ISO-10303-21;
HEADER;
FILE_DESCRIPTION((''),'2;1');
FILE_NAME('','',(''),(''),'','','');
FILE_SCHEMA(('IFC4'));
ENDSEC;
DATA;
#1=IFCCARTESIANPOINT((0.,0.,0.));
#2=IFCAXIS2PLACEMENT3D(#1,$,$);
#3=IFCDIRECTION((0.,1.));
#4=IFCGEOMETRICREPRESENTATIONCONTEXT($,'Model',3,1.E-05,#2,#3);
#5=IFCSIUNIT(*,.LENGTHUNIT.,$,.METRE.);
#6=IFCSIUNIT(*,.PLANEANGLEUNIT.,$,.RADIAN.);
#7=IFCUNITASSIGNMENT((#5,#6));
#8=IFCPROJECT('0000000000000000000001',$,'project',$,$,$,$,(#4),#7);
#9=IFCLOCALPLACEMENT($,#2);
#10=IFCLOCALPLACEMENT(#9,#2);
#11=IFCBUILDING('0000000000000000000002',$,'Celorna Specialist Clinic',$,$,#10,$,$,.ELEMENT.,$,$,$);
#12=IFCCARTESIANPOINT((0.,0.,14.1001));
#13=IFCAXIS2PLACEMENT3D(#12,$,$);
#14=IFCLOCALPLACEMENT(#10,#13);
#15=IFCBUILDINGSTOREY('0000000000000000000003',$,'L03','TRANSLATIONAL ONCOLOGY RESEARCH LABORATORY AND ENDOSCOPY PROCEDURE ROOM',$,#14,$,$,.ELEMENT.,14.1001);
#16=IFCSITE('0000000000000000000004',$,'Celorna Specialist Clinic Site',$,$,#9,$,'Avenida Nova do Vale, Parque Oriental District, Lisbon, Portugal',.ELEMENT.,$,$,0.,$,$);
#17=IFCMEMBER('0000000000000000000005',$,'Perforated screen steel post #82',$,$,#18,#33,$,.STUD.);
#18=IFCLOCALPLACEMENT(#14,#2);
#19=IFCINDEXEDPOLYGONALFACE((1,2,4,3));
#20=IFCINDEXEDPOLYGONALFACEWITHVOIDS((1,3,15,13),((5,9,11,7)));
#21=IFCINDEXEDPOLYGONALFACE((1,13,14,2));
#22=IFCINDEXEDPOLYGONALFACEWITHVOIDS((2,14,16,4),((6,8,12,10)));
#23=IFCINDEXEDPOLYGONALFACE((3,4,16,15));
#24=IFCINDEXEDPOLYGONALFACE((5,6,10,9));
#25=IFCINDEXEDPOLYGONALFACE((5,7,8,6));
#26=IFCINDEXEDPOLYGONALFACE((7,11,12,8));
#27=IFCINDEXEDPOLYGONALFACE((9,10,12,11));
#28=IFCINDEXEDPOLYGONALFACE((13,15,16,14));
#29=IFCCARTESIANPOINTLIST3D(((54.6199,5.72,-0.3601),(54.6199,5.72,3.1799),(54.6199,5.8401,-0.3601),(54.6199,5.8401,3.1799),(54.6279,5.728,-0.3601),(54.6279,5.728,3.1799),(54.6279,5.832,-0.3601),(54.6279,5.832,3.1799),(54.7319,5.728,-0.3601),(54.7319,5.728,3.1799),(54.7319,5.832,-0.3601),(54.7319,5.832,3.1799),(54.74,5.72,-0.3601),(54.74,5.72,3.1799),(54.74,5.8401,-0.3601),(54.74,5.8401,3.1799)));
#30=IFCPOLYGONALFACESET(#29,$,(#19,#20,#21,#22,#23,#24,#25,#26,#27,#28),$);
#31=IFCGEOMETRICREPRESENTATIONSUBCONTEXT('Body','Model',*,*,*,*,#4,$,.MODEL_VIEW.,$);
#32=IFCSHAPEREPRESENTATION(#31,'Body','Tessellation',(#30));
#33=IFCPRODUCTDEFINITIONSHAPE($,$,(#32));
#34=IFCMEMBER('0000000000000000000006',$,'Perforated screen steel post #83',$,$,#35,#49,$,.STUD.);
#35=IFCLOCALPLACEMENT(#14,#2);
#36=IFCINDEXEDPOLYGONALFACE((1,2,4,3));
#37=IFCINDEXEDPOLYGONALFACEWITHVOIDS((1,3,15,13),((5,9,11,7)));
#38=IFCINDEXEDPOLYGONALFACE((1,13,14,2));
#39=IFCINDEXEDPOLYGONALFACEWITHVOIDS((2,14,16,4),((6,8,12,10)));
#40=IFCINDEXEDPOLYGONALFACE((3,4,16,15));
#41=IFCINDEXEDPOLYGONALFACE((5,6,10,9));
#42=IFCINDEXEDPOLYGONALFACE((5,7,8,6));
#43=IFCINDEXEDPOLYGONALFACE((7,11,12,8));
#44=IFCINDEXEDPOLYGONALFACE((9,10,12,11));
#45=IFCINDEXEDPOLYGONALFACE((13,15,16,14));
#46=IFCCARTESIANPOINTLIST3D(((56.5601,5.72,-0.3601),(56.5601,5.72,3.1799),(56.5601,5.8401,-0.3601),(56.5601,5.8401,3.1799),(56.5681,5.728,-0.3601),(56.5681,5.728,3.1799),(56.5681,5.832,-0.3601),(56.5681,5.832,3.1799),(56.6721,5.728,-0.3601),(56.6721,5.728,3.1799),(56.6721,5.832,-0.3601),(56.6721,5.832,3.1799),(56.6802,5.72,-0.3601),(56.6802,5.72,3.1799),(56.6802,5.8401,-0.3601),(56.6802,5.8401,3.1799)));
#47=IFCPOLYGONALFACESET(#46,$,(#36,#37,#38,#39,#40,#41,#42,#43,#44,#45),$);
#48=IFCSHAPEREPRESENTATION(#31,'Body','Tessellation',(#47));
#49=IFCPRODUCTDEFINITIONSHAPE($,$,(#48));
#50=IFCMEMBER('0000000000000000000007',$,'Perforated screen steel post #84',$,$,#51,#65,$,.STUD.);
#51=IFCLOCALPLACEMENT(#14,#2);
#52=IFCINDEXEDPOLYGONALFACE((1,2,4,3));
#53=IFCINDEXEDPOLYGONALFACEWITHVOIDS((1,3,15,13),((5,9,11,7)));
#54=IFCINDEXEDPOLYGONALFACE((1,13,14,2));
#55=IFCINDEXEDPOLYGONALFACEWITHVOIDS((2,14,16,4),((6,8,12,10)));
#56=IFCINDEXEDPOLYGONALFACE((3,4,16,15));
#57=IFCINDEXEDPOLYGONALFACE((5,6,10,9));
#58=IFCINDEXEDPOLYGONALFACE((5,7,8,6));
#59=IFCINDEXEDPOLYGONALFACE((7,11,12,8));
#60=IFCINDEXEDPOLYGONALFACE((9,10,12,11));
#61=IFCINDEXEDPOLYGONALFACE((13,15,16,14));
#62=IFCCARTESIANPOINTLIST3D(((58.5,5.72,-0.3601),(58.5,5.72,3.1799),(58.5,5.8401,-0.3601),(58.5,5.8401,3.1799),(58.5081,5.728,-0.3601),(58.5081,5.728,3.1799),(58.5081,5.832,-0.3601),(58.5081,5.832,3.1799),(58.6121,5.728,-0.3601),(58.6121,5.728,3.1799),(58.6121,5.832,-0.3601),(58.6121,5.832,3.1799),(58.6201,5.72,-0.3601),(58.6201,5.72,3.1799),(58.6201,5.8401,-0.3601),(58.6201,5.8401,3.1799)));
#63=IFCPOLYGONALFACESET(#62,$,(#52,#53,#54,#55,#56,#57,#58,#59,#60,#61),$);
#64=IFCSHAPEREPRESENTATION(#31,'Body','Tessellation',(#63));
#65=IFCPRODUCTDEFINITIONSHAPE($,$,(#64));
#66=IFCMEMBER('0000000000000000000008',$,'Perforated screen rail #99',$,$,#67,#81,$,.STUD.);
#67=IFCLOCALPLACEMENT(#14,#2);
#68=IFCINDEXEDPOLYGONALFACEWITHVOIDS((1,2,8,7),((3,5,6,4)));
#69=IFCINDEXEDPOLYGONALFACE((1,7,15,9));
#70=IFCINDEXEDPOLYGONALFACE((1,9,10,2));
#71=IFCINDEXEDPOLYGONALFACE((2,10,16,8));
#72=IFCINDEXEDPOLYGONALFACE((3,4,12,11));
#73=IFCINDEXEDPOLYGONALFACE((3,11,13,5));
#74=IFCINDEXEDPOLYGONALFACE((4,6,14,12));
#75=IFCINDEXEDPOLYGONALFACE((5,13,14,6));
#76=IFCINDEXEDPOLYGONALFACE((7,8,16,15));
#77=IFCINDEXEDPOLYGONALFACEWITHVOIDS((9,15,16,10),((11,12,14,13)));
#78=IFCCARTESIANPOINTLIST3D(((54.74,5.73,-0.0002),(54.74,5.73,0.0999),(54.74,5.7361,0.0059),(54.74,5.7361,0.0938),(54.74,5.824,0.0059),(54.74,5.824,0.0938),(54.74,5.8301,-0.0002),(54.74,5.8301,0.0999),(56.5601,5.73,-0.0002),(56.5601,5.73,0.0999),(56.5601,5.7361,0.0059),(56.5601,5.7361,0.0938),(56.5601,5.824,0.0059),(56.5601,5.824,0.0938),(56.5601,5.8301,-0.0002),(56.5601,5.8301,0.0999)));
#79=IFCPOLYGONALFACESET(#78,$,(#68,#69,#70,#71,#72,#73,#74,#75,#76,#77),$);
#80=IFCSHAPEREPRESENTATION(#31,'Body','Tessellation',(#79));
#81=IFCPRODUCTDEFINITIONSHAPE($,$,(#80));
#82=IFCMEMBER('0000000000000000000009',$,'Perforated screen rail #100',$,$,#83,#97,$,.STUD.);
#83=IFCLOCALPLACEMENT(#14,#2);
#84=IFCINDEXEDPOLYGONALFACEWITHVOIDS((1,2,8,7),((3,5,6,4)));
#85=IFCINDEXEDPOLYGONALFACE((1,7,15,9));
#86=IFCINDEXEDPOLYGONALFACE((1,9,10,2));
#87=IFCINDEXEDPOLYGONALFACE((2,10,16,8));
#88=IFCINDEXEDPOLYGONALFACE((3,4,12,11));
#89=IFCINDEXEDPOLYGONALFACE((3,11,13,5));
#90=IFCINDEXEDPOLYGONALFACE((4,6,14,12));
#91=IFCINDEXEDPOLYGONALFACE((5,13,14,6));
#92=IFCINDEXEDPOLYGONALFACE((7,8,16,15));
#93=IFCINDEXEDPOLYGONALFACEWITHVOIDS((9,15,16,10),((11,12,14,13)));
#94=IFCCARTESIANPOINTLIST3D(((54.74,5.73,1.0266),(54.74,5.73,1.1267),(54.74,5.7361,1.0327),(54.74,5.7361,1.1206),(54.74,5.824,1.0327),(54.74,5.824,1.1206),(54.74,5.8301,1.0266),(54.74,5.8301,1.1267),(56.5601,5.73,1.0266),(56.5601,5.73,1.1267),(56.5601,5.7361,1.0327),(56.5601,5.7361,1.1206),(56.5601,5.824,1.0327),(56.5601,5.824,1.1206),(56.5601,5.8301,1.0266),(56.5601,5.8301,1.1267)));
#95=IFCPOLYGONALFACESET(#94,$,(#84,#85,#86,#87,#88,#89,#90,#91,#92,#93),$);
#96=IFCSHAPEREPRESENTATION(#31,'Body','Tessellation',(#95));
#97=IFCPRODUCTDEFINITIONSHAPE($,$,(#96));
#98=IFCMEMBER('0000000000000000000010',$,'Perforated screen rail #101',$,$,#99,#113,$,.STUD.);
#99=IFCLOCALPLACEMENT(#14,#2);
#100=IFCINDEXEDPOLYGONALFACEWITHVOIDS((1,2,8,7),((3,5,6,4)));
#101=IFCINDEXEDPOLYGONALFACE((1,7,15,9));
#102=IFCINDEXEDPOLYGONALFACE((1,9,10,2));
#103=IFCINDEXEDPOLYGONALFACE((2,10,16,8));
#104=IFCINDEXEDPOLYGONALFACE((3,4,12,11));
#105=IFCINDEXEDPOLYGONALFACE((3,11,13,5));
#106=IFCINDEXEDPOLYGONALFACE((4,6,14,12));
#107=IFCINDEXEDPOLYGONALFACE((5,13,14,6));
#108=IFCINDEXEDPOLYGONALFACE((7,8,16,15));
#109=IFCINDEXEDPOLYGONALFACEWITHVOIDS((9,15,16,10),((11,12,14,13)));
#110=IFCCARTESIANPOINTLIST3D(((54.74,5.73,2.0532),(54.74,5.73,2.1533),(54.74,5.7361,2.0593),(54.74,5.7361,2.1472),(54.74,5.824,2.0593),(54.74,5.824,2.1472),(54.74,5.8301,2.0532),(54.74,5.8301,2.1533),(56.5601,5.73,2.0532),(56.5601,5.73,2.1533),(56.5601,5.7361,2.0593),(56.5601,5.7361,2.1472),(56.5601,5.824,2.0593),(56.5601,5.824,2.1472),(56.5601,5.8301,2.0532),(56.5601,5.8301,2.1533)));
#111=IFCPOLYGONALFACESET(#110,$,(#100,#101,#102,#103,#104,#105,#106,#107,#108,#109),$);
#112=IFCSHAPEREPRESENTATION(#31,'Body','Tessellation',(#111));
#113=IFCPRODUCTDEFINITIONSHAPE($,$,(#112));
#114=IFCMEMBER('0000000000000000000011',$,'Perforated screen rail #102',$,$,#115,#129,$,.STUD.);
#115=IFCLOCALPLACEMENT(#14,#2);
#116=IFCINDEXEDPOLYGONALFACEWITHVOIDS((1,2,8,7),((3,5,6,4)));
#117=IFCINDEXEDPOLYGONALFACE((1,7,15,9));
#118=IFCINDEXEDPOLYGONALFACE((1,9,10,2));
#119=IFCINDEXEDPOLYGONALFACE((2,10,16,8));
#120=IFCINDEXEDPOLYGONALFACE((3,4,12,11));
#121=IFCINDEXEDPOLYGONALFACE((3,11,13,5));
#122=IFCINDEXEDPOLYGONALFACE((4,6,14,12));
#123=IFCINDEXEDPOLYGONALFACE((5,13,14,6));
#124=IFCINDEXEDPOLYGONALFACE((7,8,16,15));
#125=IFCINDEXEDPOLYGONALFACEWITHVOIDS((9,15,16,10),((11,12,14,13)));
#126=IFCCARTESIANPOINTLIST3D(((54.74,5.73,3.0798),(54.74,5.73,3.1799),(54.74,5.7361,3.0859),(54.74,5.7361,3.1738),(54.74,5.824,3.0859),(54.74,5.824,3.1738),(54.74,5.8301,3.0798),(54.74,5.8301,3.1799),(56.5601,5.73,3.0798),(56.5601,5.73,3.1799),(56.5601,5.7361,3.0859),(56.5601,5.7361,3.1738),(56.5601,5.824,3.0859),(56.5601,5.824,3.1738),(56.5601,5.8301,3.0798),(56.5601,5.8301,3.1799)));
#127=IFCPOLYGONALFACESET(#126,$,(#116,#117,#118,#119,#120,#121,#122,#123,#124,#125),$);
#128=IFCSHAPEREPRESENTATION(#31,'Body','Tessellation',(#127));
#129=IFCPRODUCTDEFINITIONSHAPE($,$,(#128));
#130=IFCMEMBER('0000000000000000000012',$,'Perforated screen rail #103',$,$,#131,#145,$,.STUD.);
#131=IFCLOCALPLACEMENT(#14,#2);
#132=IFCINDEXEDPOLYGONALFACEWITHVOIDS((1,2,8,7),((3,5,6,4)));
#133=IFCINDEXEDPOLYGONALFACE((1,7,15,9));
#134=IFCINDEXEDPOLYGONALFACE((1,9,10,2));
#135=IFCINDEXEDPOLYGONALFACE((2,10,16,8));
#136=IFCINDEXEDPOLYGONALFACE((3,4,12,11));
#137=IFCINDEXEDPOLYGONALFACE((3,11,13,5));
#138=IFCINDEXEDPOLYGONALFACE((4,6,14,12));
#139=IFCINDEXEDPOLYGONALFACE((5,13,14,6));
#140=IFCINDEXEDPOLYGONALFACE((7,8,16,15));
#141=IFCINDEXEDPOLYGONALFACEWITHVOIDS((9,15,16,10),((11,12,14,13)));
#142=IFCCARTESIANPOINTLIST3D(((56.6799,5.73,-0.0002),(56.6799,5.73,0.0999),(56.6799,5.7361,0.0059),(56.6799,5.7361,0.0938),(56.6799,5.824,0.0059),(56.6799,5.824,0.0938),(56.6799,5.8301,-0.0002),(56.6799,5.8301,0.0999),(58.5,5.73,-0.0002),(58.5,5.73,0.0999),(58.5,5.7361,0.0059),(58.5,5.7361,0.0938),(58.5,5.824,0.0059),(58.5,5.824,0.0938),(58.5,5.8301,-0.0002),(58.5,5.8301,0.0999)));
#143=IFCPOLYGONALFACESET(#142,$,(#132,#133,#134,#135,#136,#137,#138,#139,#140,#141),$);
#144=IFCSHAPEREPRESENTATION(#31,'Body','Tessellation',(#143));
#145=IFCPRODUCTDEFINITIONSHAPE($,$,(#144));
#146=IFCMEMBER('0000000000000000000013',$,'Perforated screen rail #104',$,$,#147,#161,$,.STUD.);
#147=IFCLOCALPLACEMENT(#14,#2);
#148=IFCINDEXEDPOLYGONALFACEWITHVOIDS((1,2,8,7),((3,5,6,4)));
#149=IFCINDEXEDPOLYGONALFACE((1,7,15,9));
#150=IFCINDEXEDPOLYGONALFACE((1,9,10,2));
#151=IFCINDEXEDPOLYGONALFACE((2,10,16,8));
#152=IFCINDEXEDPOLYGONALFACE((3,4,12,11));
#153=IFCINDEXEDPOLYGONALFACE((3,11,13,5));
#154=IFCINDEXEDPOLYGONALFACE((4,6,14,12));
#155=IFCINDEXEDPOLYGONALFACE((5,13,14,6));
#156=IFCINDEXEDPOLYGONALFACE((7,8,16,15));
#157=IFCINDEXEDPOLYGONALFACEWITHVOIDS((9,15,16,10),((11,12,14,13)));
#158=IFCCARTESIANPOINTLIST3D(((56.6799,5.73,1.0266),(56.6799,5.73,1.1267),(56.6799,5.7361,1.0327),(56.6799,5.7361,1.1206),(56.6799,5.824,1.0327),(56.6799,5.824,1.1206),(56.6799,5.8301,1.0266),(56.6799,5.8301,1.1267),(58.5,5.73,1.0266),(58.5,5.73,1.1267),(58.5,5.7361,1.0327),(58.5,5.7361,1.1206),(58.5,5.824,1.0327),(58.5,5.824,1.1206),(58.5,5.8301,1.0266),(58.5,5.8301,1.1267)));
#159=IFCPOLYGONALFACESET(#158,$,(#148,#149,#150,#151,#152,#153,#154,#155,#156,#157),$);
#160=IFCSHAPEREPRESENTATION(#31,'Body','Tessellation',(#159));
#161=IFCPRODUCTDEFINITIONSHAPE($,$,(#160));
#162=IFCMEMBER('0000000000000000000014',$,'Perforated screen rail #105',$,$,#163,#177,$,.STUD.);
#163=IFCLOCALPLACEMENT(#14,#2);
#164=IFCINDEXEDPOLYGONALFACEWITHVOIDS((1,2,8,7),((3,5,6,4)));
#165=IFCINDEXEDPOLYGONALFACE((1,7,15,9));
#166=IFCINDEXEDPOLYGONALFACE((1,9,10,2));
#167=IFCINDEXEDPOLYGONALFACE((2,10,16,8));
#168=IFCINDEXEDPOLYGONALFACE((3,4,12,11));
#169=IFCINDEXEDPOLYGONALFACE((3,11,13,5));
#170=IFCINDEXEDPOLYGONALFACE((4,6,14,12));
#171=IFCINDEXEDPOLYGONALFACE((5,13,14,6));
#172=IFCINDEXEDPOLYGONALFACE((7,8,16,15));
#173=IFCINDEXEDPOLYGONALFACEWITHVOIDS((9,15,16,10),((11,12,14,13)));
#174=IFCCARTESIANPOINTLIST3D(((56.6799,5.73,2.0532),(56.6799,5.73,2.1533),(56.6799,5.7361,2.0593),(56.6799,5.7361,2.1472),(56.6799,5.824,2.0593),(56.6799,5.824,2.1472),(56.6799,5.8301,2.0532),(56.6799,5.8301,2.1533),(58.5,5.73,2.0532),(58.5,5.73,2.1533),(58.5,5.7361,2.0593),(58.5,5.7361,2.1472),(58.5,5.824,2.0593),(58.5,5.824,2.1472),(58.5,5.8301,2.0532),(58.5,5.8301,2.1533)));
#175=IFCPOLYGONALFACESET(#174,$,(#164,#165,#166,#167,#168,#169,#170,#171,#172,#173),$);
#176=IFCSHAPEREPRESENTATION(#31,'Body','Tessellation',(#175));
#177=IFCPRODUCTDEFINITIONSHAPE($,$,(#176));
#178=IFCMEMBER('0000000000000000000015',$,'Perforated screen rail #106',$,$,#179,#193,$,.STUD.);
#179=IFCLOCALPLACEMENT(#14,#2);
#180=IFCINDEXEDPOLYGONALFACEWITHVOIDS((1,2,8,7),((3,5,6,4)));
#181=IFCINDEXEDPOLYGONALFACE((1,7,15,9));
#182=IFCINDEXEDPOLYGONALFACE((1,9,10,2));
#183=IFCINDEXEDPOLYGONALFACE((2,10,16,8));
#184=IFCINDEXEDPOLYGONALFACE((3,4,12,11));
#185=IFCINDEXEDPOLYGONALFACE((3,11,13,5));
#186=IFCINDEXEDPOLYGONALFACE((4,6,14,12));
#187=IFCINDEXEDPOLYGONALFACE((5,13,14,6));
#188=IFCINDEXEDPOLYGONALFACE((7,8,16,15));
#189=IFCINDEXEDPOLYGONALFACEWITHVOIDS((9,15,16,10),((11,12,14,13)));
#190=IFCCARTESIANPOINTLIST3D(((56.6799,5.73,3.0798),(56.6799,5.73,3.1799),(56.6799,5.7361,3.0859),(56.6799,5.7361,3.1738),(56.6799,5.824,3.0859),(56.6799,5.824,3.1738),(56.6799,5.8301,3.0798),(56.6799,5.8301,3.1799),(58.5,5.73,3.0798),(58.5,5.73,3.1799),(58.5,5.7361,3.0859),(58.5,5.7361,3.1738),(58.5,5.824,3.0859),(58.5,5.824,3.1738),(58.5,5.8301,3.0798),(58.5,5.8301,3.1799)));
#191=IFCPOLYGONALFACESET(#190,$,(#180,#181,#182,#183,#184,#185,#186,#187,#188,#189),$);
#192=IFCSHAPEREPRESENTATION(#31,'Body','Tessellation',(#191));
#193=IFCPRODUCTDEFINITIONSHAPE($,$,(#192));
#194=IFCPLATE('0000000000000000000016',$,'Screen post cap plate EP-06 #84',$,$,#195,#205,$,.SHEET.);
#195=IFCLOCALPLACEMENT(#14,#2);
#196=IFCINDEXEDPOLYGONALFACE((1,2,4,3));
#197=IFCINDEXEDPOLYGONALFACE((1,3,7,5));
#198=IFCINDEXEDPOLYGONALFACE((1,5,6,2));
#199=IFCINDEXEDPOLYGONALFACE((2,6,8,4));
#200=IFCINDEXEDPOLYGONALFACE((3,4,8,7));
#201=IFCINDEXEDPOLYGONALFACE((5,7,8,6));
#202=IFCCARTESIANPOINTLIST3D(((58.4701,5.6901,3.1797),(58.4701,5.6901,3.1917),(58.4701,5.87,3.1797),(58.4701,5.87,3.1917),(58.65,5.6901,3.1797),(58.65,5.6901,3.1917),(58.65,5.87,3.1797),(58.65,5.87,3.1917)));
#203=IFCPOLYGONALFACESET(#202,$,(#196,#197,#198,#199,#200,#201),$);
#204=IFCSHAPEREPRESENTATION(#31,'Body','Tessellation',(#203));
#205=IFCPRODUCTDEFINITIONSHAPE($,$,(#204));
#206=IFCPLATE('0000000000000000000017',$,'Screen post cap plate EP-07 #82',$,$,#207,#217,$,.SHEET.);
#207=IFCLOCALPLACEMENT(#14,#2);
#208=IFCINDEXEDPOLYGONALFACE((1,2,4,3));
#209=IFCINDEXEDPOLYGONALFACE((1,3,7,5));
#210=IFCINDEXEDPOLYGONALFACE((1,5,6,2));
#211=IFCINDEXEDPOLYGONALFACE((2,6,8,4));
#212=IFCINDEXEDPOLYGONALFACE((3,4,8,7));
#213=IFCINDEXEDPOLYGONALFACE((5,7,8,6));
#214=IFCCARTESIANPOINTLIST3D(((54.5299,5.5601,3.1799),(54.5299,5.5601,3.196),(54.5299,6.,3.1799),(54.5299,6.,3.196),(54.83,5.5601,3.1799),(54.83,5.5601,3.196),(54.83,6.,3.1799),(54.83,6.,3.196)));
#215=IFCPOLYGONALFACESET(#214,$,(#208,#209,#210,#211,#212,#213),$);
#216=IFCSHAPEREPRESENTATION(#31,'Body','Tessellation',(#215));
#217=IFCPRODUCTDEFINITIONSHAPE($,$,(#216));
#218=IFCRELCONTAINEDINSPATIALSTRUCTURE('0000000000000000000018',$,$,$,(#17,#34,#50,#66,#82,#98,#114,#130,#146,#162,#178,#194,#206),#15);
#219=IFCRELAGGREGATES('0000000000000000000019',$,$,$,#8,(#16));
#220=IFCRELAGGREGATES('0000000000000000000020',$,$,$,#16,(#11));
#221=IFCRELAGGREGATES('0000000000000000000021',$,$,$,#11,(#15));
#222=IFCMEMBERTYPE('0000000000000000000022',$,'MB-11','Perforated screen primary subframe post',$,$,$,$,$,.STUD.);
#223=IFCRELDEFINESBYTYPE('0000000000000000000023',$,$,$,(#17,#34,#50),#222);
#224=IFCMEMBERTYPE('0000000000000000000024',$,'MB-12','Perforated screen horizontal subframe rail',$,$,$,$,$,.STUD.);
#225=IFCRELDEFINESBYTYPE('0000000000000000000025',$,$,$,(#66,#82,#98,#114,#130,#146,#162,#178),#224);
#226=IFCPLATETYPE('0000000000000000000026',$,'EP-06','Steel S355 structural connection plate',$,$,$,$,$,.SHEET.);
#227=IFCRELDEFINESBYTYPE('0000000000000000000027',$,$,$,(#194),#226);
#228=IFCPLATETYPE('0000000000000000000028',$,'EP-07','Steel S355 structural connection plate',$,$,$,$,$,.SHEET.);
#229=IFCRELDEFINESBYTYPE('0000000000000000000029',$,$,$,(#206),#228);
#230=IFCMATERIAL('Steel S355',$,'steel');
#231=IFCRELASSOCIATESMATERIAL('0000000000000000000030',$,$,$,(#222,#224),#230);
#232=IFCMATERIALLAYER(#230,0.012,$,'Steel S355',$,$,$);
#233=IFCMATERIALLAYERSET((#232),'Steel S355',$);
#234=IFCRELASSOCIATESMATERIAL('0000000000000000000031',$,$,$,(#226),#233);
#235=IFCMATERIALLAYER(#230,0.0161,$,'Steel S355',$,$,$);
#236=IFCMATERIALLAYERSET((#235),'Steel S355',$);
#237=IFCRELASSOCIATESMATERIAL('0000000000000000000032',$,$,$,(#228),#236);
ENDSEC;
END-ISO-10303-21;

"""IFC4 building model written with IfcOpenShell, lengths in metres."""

from ifc_helpers import new_model, si_unit, direction, frame, origin, origin_2d, place, context, subcontext, project, spatial, rectangle, hollow_rectangle, extrude, material, layer, layer_set, material_profile, profile_set, type_object, element, save


model = new_model("IFC4")

# Units and contexts
model_context = context("Model", 3, precision=1e-05, world=origin(), true_north=direction((0.0, 1.0)))
body_context = subcontext(model_context, "Body", "Model", "MODEL_VIEW")
ifc_project = project(units=[si_unit("LENGTHUNIT", "METRE"), si_unit("PLANEANGLEUNIT", "RADIAN")], contexts=[model_context])

# Site, building, storey
site_placement = place(None, origin())
site = spatial("IfcSite", under=ifc_project, at=site_placement, Name="Celorna Specialist Clinic Site", LongName="Avenida Nova do Vale, Parque Oriental District, Lisbon, Portugal", CompositionType="ELEMENT", RefElevation=0.0)
building_placement = place(site_placement, origin())
building = spatial("IfcBuilding", under=site, at=building_placement, Name="Celorna Specialist Clinic", CompositionType="ELEMENT")
storey_placement = place(building_placement, frame((0.0, 0.0, 14.1001)))
storey = spatial("IfcBuildingStorey", under=building, at=storey_placement, Name="L03", Description="TRANSLATIONAL ONCOLOGY RESEARCH LABORATORY AND ENDOSCOPY PROCEDURE ROOM", CompositionType="ELEMENT", Elevation=14.1001)

# Members
ifc_material_1 = material(Name="Steel S355", Category="steel")
ifc_material_profile_1 = material_profile(ifc_material_1, hollow_rectangle(XDim=0.1201, YDim=0.1201, WallThickness=0.0081, at=origin_2d()), Name="SHS 120x120x8")
ifc_profile_set_1 = profile_set([ifc_material_profile_1], Name="Steel S355")
member_type_1 = type_object("IfcMemberType", Name="MB-11", Description="Perforated screen primary subframe post", PredefinedType="STUD", material=ifc_profile_set_1)
for number, where, z_axis, x_axis, name in (
    (1, (54.6799, 5.78, -0.3601), (0.0, 0.0, 1.0), (1.0, 0.0, 0.0), "Perforated screen steel post #82"),
    (2, (56.6201, 5.78, -0.3601), (0.0, 0.0, 1.0), (1.0, 0.0, 0.0), "Perforated screen steel post #83"),
    (3, (58.5601, 5.78, -0.3601), (0.0, 0.0, 1.0), (1.0, 0.0, 0.0), "Perforated screen steel post #84"),
):
    element("IfcMember", number, at=place(storey_placement, frame(where, z_axis=z_axis, x_axis=x_axis)), inside=storey, type_object=member_type_1, Name=name, PredefinedType="STUD", context=body_context, shape_type="SweptSolid", body=[
        extrude(hollow_rectangle(XDim=0.1201, YDim=0.1201, WallThickness=0.0081, at=origin_2d()), origin(), (0.0, 0.0, 1.0), 3.54),
    ])
ifc_material_profile_2 = material_profile(ifc_material_1, hollow_rectangle(XDim=0.1001, YDim=0.1001, WallThickness=0.0061, at=origin_2d()), Name="SHS 100x100x6")
ifc_profile_set_2 = profile_set([ifc_material_profile_2], Name="Steel S355")
member_type_2 = type_object("IfcMemberType", Name="MB-12", Description="Perforated screen horizontal subframe rail", PredefinedType="STUD", material=ifc_profile_set_2)
for number, where, z_axis, x_axis, name in (
    (4, (54.74, 5.78, 0.0498), (1.0, 0.0, 0.0), (0.0, 1.0, 0.0), "Perforated screen rail #99"),
    (5, (54.74, 5.78, 1.0767), (1.0, 0.0, 0.0), (0.0, 1.0, 0.0), "Perforated screen rail #100"),
    (6, (54.74, 5.78, 2.1033), (1.0, 0.0, 0.0), (0.0, 1.0, 0.0), "Perforated screen rail #101"),
    (7, (54.74, 5.78, 3.1299), (1.0, 0.0, 0.0), (0.0, 1.0, 0.0), "Perforated screen rail #102"),
    (8, (56.6799, 5.78, 0.0498), (1.0, 0.0, 0.0), (0.0, 1.0, 0.0), "Perforated screen rail #103"),
    (9, (56.6799, 5.78, 1.0767), (1.0, 0.0, 0.0), (0.0, 1.0, 0.0), "Perforated screen rail #104"),
    (10, (56.6799, 5.78, 2.1033), (1.0, 0.0, 0.0), (0.0, 1.0, 0.0), "Perforated screen rail #105"),
    (11, (56.6799, 5.78, 3.1299), (1.0, 0.0, 0.0), (0.0, 1.0, 0.0), "Perforated screen rail #106"),
):
    element("IfcMember", number, at=place(storey_placement, frame(where, z_axis=z_axis, x_axis=x_axis)), inside=storey, type_object=member_type_2, Name=name, PredefinedType="STUD", context=body_context, shape_type="SweptSolid", body=[
        extrude(hollow_rectangle(XDim=0.1001, YDim=0.1001, WallThickness=0.0061, at=origin_2d()), origin(), (0.0, 0.0, 1.0), 1.8201),
    ])

# Plates
ifc_layer_1 = layer(ifc_material_1, 0.012, Name="Steel S355")
ifc_layer_set_1 = layer_set([ifc_layer_1], Name="Steel S355")
plate_type_1 = type_object("IfcPlateType", Name="EP-06", Description="Steel S355 structural connection plate", PredefinedType="SHEET", material=ifc_layer_set_1)
plate_1_placement = place(storey_placement, frame((58.5601, 5.78, 3.1797), z_axis=(0.0, 0.0, 1.0), x_axis=(1.0, 0.0, 0.0)))
element("IfcPlate", 12, at=plate_1_placement, inside=storey, type_object=plate_type_1, Name="Screen post cap plate EP-06 #84", PredefinedType="SHEET", context=body_context, shape_type="SweptSolid", body=[
    extrude(rectangle(XDim=0.1799, YDim=0.1799, at=origin_2d()), origin(), (0.0, 0.0, 1.0), 0.012),
])
ifc_layer_2 = layer(ifc_material_1, 0.0161, Name="Steel S355")
ifc_layer_set_2 = layer_set([ifc_layer_2], Name="Steel S355")
plate_type_2 = type_object("IfcPlateType", Name="EP-07", Description="Steel S355 structural connection plate", PredefinedType="SHEET", material=ifc_layer_set_2)
plate_2_placement = place(storey_placement, frame((54.6799, 5.78, 3.1799), z_axis=(0.0, 0.0, 1.0), x_axis=(1.0, 0.0, 0.0)))
element("IfcPlate", 13, at=plate_2_placement, inside=storey, type_object=plate_type_2, Name="Screen post cap plate EP-07 #82", PredefinedType="SHEET", context=body_context, shape_type="SweptSolid", body=[
    extrude(rectangle(XDim=0.3, YDim=0.4399, at=origin_2d()), origin(), (0.0, 0.0, 1.0), 0.0161),
])

save(model, "model.ifc")
